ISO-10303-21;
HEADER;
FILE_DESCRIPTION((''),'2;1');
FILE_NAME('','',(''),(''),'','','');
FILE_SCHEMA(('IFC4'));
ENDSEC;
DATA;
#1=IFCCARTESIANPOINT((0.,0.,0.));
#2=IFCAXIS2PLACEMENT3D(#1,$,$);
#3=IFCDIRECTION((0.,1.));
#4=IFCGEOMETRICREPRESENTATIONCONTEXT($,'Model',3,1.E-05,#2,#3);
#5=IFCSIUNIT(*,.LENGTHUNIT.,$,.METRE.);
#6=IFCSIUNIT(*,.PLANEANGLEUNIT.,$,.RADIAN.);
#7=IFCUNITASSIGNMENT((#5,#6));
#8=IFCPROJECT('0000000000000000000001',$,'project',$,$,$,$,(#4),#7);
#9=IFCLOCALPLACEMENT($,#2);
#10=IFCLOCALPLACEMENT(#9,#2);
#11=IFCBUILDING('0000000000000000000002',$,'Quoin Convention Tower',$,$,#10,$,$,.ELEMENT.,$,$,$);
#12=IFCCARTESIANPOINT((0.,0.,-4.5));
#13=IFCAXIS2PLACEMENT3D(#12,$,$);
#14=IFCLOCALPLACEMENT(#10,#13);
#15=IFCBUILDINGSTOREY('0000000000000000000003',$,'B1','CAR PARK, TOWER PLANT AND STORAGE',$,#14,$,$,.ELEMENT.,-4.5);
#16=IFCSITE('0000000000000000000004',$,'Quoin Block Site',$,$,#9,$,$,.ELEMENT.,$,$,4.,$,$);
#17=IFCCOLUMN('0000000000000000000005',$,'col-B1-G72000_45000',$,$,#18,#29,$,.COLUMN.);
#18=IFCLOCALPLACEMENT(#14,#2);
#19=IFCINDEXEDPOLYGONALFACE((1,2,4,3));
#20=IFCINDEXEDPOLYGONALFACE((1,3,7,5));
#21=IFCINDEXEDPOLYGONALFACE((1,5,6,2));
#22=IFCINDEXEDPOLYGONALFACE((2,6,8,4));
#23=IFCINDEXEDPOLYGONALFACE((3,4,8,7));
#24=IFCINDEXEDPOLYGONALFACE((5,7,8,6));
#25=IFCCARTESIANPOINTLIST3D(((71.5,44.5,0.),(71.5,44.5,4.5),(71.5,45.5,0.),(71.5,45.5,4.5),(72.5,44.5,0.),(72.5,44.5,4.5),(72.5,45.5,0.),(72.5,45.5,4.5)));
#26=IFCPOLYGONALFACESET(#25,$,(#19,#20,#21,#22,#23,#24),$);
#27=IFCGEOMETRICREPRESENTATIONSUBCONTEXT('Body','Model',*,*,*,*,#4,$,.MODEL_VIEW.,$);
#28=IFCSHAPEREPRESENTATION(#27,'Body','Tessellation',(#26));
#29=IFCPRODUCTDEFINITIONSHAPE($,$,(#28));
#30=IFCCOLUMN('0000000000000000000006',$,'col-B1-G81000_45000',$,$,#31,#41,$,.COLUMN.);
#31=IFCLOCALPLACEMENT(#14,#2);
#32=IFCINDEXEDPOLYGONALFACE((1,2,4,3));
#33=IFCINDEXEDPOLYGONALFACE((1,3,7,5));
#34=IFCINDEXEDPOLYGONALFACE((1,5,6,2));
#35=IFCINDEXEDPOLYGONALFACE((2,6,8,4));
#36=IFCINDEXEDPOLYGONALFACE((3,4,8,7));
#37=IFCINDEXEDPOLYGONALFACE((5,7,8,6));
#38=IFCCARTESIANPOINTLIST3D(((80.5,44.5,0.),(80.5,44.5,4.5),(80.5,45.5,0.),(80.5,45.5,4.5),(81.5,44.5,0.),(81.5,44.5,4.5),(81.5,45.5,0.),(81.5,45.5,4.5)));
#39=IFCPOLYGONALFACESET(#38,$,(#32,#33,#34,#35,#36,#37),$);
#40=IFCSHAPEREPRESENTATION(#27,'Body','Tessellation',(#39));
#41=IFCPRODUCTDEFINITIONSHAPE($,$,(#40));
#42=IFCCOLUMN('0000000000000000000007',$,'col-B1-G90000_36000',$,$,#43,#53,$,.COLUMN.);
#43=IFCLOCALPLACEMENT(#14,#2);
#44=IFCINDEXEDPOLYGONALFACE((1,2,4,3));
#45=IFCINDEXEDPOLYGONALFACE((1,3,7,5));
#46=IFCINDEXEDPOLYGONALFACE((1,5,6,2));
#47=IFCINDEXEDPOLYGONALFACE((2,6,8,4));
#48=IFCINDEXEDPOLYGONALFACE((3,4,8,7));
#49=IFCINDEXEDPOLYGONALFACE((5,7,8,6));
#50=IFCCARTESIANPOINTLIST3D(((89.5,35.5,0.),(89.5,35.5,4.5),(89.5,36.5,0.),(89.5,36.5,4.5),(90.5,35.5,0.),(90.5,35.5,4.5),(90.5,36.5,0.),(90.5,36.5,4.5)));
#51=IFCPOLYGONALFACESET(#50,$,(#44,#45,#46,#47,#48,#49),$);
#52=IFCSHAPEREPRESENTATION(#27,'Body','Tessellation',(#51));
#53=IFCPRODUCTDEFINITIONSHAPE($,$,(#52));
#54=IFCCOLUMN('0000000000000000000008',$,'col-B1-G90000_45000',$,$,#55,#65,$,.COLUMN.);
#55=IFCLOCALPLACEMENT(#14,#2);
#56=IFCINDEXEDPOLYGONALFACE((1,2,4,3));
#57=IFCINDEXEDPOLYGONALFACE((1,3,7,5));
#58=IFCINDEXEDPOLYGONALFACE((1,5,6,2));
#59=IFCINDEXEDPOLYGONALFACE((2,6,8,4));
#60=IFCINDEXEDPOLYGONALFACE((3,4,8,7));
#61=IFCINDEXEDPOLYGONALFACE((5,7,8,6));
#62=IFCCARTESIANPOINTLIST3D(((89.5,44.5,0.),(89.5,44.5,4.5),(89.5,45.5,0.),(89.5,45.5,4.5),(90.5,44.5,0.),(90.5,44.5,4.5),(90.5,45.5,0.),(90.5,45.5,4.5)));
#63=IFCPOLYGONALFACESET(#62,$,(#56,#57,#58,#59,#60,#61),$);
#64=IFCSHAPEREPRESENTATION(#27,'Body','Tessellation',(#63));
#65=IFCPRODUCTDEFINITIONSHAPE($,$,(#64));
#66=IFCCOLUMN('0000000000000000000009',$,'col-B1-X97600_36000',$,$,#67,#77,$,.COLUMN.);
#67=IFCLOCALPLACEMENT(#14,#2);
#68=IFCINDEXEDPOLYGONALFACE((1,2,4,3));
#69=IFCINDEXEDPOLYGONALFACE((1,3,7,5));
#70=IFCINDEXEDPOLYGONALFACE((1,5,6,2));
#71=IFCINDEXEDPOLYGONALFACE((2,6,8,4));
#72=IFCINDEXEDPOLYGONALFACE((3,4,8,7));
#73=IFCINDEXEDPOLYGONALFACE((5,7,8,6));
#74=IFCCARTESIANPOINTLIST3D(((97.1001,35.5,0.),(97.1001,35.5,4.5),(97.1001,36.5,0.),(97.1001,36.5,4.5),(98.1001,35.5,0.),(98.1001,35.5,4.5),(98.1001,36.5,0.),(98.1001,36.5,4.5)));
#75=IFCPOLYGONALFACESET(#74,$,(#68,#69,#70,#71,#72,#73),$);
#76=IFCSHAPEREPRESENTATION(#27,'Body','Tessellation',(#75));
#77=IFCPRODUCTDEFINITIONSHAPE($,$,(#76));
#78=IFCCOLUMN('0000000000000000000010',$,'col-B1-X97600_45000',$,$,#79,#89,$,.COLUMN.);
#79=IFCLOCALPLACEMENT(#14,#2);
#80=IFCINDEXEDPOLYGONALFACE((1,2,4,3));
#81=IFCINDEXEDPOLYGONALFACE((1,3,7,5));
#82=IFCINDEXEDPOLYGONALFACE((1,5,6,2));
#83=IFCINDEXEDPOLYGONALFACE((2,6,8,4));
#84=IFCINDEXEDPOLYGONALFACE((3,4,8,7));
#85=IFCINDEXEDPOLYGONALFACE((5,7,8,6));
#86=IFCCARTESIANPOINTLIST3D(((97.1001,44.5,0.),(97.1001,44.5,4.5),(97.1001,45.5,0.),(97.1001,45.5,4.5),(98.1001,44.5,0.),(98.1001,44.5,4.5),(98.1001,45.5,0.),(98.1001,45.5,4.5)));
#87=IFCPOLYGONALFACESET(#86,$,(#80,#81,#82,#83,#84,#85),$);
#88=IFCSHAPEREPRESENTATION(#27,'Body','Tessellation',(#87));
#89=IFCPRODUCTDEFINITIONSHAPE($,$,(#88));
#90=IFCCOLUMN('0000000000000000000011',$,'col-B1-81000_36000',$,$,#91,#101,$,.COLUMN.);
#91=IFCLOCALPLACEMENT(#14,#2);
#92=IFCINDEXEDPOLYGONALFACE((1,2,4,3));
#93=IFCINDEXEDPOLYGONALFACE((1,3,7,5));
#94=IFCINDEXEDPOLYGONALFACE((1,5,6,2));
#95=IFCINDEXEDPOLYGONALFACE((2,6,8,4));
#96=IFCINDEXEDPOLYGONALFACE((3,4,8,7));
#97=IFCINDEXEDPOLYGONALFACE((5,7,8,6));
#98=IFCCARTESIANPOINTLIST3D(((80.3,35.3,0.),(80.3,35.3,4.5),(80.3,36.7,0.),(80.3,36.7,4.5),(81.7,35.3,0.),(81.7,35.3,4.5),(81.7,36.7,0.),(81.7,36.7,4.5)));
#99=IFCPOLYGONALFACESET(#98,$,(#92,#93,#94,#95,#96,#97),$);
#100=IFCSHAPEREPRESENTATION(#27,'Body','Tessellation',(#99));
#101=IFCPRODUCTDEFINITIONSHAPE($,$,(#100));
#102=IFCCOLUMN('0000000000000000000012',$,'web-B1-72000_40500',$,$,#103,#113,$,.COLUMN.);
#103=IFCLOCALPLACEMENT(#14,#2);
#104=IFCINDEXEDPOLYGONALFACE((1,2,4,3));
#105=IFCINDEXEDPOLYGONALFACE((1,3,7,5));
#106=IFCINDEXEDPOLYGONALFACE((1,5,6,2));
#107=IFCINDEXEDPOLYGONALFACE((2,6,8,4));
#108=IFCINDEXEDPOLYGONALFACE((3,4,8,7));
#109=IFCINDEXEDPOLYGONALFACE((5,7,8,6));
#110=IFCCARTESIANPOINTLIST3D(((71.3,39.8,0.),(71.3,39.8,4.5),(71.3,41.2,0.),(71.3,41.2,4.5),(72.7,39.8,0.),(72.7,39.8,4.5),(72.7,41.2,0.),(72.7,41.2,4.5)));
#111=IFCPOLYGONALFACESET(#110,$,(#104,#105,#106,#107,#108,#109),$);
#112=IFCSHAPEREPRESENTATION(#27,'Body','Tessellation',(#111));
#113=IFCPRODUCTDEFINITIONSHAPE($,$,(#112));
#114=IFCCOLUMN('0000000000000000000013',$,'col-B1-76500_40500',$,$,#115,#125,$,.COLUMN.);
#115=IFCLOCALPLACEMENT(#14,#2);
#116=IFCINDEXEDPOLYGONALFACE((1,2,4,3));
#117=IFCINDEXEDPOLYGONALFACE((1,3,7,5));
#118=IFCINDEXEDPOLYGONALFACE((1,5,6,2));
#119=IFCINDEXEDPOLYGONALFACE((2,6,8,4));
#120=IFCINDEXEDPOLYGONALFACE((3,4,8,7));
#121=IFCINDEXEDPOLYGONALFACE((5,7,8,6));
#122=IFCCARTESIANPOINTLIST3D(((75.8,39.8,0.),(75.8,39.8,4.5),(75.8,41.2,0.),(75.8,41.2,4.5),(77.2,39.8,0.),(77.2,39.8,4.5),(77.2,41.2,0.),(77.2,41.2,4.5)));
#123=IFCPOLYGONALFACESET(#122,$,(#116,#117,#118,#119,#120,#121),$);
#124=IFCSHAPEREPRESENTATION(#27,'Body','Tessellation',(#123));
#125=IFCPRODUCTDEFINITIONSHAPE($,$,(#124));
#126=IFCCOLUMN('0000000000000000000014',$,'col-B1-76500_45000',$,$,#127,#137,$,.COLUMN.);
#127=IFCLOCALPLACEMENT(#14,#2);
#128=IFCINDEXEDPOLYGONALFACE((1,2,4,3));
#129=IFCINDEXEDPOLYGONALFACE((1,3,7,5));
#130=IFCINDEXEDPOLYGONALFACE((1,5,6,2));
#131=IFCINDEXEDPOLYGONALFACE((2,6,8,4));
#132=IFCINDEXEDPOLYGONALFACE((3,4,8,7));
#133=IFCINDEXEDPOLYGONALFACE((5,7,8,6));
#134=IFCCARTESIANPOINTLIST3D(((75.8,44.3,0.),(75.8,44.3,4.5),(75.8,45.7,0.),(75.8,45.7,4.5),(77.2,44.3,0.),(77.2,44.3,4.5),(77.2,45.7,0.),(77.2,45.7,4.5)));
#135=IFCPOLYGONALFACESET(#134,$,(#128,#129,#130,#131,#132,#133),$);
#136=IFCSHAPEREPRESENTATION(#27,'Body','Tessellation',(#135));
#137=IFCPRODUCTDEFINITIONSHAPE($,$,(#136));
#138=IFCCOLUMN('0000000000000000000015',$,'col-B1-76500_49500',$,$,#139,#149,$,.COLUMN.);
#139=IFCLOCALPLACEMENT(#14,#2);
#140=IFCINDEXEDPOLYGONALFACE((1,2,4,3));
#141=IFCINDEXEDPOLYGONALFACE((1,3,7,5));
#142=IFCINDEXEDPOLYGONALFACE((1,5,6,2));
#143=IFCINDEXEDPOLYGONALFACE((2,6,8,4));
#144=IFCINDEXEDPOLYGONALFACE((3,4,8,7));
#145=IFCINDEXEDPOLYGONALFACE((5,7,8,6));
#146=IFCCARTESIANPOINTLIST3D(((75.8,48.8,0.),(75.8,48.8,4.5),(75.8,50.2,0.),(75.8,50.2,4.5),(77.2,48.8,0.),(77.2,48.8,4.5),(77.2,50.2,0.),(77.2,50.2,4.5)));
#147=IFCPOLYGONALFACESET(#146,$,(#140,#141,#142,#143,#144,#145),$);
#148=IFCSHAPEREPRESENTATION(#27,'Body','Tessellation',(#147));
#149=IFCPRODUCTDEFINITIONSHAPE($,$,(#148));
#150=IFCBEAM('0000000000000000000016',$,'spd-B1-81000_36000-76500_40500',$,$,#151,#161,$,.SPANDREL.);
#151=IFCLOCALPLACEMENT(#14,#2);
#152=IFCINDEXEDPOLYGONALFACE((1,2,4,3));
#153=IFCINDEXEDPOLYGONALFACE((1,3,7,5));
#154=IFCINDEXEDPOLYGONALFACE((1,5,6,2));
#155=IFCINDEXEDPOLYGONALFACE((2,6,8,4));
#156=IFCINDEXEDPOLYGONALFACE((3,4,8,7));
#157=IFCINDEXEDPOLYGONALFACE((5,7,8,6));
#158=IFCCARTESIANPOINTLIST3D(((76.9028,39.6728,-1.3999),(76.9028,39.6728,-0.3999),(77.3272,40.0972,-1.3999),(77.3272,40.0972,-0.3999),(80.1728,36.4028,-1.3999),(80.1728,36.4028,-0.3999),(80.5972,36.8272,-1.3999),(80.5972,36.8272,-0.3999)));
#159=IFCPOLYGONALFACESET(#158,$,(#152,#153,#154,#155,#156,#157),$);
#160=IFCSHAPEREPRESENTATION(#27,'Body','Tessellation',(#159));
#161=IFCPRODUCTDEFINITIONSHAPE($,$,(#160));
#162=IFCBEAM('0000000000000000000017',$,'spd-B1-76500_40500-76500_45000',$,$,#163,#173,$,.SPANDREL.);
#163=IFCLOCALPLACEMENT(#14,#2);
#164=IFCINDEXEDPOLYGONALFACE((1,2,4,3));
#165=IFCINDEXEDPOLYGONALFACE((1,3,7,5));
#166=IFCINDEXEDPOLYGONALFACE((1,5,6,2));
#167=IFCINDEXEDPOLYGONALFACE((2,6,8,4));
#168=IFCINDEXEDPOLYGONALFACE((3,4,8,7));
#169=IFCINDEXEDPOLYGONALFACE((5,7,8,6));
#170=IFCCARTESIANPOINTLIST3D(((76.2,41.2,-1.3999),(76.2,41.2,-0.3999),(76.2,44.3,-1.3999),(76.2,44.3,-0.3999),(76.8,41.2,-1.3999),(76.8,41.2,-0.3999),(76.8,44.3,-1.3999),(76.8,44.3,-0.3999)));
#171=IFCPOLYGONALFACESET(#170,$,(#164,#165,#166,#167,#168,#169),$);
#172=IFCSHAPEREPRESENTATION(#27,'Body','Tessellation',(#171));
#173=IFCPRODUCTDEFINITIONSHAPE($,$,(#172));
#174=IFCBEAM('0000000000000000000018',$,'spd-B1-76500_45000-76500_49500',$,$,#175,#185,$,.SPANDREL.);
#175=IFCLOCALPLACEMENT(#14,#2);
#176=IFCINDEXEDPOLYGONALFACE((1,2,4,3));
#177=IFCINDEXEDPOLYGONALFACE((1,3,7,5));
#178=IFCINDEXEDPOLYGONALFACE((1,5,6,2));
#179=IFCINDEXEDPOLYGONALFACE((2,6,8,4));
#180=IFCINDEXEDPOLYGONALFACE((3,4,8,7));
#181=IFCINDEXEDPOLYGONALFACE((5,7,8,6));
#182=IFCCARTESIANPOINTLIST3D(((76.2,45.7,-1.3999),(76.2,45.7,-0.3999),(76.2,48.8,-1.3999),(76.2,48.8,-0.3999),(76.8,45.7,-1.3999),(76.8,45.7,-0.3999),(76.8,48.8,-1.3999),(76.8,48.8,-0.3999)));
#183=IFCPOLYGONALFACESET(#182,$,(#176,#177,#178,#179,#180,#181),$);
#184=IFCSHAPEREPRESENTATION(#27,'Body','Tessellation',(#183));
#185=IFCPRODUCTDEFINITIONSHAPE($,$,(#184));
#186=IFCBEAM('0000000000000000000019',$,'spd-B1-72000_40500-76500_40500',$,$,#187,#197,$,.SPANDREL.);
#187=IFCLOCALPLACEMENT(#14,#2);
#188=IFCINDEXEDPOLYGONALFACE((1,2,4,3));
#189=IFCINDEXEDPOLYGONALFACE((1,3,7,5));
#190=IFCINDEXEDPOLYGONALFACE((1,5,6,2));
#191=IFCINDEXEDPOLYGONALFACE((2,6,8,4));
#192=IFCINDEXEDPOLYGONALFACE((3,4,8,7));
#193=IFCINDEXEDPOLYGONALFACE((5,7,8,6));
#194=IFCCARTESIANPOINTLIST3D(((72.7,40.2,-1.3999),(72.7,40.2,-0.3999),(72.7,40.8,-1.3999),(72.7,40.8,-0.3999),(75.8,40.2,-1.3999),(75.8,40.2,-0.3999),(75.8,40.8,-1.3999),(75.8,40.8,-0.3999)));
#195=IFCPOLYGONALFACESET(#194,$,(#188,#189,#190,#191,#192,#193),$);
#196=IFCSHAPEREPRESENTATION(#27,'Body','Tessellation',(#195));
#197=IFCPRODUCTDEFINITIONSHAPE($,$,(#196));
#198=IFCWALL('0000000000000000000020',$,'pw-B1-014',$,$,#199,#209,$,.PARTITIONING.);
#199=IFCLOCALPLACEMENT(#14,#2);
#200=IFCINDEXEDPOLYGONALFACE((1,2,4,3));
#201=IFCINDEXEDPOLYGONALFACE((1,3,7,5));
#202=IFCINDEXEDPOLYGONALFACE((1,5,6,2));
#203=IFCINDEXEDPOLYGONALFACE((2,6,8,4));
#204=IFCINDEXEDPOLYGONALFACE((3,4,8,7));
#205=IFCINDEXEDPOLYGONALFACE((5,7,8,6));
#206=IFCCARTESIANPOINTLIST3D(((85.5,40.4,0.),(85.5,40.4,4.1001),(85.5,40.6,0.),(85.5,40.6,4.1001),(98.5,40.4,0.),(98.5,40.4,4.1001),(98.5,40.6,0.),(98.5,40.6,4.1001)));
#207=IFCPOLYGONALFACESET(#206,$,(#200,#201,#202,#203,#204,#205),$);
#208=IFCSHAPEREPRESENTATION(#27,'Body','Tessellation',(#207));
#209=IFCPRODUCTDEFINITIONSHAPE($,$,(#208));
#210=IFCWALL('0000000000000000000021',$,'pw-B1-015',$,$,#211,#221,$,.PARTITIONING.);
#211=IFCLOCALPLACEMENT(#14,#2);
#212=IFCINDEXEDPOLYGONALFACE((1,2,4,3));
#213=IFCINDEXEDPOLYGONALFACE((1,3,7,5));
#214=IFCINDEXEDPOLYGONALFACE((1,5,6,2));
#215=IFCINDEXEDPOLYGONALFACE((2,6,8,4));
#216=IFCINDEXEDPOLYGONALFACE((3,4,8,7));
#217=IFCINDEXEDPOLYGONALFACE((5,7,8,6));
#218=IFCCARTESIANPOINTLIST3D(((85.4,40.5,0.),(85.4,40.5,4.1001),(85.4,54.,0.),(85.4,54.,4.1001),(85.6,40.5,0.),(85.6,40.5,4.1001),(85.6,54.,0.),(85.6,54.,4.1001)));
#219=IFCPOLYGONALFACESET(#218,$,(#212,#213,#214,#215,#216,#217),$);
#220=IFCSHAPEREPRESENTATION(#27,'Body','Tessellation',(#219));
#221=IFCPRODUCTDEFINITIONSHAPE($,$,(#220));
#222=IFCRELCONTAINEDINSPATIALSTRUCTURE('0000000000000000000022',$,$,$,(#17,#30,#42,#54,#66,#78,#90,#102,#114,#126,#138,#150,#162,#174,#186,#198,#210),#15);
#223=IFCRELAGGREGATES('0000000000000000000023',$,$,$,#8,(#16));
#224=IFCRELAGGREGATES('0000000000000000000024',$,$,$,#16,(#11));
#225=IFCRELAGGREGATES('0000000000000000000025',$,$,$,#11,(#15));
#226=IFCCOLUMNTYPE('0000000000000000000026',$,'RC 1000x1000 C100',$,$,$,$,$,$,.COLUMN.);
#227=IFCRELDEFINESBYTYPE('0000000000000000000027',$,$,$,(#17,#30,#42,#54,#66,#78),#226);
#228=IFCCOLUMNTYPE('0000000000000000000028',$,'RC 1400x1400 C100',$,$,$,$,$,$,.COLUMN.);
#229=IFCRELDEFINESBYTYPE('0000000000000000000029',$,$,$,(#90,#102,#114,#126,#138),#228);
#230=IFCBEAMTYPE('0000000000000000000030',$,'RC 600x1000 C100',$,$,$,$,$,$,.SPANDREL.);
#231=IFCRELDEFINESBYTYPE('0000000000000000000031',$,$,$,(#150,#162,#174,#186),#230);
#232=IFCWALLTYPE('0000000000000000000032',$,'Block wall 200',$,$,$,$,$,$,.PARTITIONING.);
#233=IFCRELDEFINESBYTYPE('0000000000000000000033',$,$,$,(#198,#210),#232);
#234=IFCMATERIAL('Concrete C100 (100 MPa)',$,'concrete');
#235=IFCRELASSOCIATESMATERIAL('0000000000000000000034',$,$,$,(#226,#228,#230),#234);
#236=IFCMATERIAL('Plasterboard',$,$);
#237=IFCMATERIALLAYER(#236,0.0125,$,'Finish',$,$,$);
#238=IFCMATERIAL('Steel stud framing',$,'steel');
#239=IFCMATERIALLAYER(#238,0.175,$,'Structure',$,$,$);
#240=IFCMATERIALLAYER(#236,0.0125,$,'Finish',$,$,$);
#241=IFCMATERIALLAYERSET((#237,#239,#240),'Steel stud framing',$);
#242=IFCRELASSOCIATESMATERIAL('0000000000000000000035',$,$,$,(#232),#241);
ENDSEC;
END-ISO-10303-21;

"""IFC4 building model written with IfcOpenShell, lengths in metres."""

from ifc_helpers import new_model, si_unit, direction, frame, frame_2d, origin, origin_2d, place, context, subcontext, project, spatial, rectangle, extrude, material, layer, layer_set, material_profile, profile_set, type_object, element, save


model = new_model("IFC4")

# Units and contexts
model_context = context("Model", 3, precision=1e-05, world=origin(), true_north=direction((0.0, 1.0)))
body_context = subcontext(model_context, "Body", "Model", "MODEL_VIEW")
ifc_project = project(units=[si_unit("LENGTHUNIT", "METRE"), si_unit("PLANEANGLEUNIT", "RADIAN")], contexts=[model_context])

# Site, building, storey
site_placement = place(None, origin())
site = spatial("IfcSite", under=ifc_project, at=site_placement, Name="Quoin Block Site", CompositionType="ELEMENT", RefElevation=4.0)
building_placement = place(site_placement, origin())
building = spatial("IfcBuilding", under=site, at=building_placement, Name="Quoin Convention Tower", CompositionType="ELEMENT")
storey_placement = place(building_placement, frame((0.0, 0.0, -4.5)))
storey = spatial("IfcBuildingStorey", under=building, at=storey_placement, Name="B1", Description="CAR PARK, TOWER PLANT AND STORAGE", CompositionType="ELEMENT", Elevation=-4.5)

# Columns
ifc_material_1 = material(Name="Concrete C100 (100 MPa)", Category="concrete")
ifc_material_profile_1 = material_profile(ifc_material_1, rectangle(XDim=1.0, YDim=1.0, at=origin_2d()), Name="RC 1000x1000")
ifc_profile_set_1 = profile_set([ifc_material_profile_1], Name="Concrete C100 (100 MPa)")
column_type_1 = type_object("IfcColumnType", Name="RC 1000x1000 C100", PredefinedType="COLUMN", material=ifc_profile_set_1)
for number, where, z_axis, x_axis, name in (
    (1, (72.0, 45.0, 0.0), (0.0, 0.0, 1.0), (1.0, 0.0, 0.0), "col-B1-G72000_45000"),
    (2, (81.0, 45.0, 0.0), (0.0, 0.0, 1.0), (1.0, 0.0, 0.0), "col-B1-G81000_45000"),
    (3, (90.0, 36.0, 0.0), (0.0, 0.0, 1.0), (1.0, 0.0, 0.0), "col-B1-G90000_36000"),
    (4, (90.0, 45.0, 0.0), (0.0, 0.0, 1.0), (1.0, 0.0, 0.0), "col-B1-G90000_45000"),
    (5, (97.6001, 36.0, 0.0), (0.0, 0.0, 1.0), (1.0, 0.0, 0.0), "col-B1-X97600_36000"),
    (6, (97.6001, 45.0, 0.0), (0.0, 0.0, 1.0), (1.0, 0.0, 0.0), "col-B1-X97600_45000"),
):
    element("IfcColumn", number, at=place(storey_placement, frame(where, z_axis=z_axis, x_axis=x_axis)), inside=storey, type_object=column_type_1, Name=name, PredefinedType="COLUMN", context=body_context, shape_type="SweptSolid", body=[
        extrude(rectangle(XDim=1.0, YDim=1.0, at=origin_2d()), origin(), (0.0, 0.0, 1.0), 4.5),
    ])
ifc_material_profile_2 = material_profile(ifc_material_1, rectangle(XDim=1.3999, YDim=1.3999, at=origin_2d()), Name="RC 1400x1400")
ifc_profile_set_2 = profile_set([ifc_material_profile_2], Name="Concrete C100 (100 MPa)")
column_type_2 = type_object("IfcColumnType", Name="RC 1400x1400 C100", PredefinedType="COLUMN", material=ifc_profile_set_2)
for number, where, z_axis, x_axis, name in (
    (7, (81.0, 36.0, 0.0), (0.0, 0.0, 1.0), (1.0, 0.0, 0.0), "col-B1-81000_36000"),
    (8, (72.0, 40.5, 0.0), (0.0, 0.0, 1.0), (1.0, 0.0, 0.0), "web-B1-72000_40500"),
    (9, (76.5, 40.5, 0.0), (0.0, 0.0, 1.0), (1.0, 0.0, 0.0), "col-B1-76500_40500"),
    (10, (76.5, 45.0, 0.0), (0.0, 0.0, 1.0), (1.0, 0.0, 0.0), "col-B1-76500_45000"),
    (11, (76.5, 49.5, 0.0), (0.0, 0.0, 1.0), (1.0, 0.0, 0.0), "col-B1-76500_49500"),
):
    element("IfcColumn", number, at=place(storey_placement, frame(where, z_axis=z_axis, x_axis=x_axis)), inside=storey, type_object=column_type_2, Name=name, PredefinedType="COLUMN", context=body_context, shape_type="SweptSolid", body=[
        extrude(rectangle(XDim=1.3999, YDim=1.3999, at=origin_2d()), origin(), (0.0, 0.0, 1.0), 4.5),
    ])

# Beams
ifc_material_profile_3 = material_profile(ifc_material_1, rectangle(XDim=0.6001, YDim=1.0, at=origin_2d()), Name="RC 600x1000")
ifc_profile_set_3 = profile_set([ifc_material_profile_3], Name="Concrete C100 (100 MPa)")
beam_type = type_object("IfcBeamType", Name="RC 600x1000 C100", PredefinedType="SPANDREL", material=ifc_profile_set_3)
beam_placement = place(storey_placement, frame((80.385, 36.615, -0.8999), z_axis=(-0.707107, 0.707107, 0.0), x_axis=(-0.707107, -0.707107, 0.0)))
element("IfcBeam", 12, at=beam_placement, inside=storey, type_object=beam_type, Name="spd-B1-81000_36000-76500_40500", PredefinedType="SPANDREL", context=body_context, shape_type="SweptSolid", body=[
    extrude(rectangle(XDim=0.6001, YDim=1.0, at=origin_2d()), origin(), (0.0, 0.0, 1.0), 4.6245),
])
for number, where, z_axis, x_axis, name in (
    (13, (76.5, 41.2, -0.8999), (0.0, 1.0, 0.0), (-1.0, 0.0, 0.0), "spd-B1-76500_40500-76500_45000"),
    (14, (76.5, 45.7, -0.8999), (0.0, 1.0, 0.0), (-1.0, 0.0, 0.0), "spd-B1-76500_45000-76500_49500"),
    (15, (72.7, 40.5, -0.8999), (1.0, 0.0, 0.0), (0.0, 1.0, 0.0), "spd-B1-72000_40500-76500_40500"),
):
    element("IfcBeam", number, at=place(storey_placement, frame(where, z_axis=z_axis, x_axis=x_axis)), inside=storey, type_object=beam_type, Name=name, PredefinedType="SPANDREL", context=body_context, shape_type="SweptSolid", body=[
        extrude(rectangle(XDim=0.6001, YDim=1.0, at=origin_2d()), origin(), (0.0, 0.0, 1.0), 3.1001),
    ])

# Walls
ifc_material_2 = material(Name="Plasterboard")
ifc_layer_1 = layer(ifc_material_2, 0.0125, Name="Finish")
ifc_material_3 = material(Name="Steel stud framing", Category="steel")
ifc_layer_2 = layer(ifc_material_3, 0.175, Name="Structure")
ifc_layer_3 = layer(ifc_material_2, 0.0125, Name="Finish")
ifc_layer_set = layer_set([ifc_layer_1, ifc_layer_2, ifc_layer_3], Name="Steel stud framing")
wall_type = type_object("IfcWallType", Name="Block wall 200", PredefinedType="PARTITIONING", material=ifc_layer_set)
wall_1_placement = place(storey_placement, frame((85.5, 40.5, 0.0), z_axis=(0.0, 0.0, 1.0), x_axis=(1.0, 0.0, 0.0)))
element("IfcWall", 16, at=wall_1_placement, inside=storey, type_object=wall_type, Name="pw-B1-014", PredefinedType="PARTITIONING", context=body_context, shape_type="SweptSolid", body=[
    extrude(rectangle(XDim=13.0, YDim=0.2, at=frame_2d((6.5, 0.0))), origin(), (0.0, 0.0, 1.0), 4.1001),
])
wall_2_placement = place(storey_placement, frame((85.5, 40.5, 0.0), z_axis=(0.0, 0.0, 1.0), x_axis=(0.0, 1.0, 0.0)))
element("IfcWall", 17, at=wall_2_placement, inside=storey, type_object=wall_type, Name="pw-B1-015", PredefinedType="PARTITIONING", context=body_context, shape_type="SweptSolid", body=[
    extrude(rectangle(XDim=13.5, YDim=0.2, at=frame_2d((6.75, 0.0))), origin(), (0.0, 0.0, 1.0), 4.1001),
])

save(model, "model.ifc")
